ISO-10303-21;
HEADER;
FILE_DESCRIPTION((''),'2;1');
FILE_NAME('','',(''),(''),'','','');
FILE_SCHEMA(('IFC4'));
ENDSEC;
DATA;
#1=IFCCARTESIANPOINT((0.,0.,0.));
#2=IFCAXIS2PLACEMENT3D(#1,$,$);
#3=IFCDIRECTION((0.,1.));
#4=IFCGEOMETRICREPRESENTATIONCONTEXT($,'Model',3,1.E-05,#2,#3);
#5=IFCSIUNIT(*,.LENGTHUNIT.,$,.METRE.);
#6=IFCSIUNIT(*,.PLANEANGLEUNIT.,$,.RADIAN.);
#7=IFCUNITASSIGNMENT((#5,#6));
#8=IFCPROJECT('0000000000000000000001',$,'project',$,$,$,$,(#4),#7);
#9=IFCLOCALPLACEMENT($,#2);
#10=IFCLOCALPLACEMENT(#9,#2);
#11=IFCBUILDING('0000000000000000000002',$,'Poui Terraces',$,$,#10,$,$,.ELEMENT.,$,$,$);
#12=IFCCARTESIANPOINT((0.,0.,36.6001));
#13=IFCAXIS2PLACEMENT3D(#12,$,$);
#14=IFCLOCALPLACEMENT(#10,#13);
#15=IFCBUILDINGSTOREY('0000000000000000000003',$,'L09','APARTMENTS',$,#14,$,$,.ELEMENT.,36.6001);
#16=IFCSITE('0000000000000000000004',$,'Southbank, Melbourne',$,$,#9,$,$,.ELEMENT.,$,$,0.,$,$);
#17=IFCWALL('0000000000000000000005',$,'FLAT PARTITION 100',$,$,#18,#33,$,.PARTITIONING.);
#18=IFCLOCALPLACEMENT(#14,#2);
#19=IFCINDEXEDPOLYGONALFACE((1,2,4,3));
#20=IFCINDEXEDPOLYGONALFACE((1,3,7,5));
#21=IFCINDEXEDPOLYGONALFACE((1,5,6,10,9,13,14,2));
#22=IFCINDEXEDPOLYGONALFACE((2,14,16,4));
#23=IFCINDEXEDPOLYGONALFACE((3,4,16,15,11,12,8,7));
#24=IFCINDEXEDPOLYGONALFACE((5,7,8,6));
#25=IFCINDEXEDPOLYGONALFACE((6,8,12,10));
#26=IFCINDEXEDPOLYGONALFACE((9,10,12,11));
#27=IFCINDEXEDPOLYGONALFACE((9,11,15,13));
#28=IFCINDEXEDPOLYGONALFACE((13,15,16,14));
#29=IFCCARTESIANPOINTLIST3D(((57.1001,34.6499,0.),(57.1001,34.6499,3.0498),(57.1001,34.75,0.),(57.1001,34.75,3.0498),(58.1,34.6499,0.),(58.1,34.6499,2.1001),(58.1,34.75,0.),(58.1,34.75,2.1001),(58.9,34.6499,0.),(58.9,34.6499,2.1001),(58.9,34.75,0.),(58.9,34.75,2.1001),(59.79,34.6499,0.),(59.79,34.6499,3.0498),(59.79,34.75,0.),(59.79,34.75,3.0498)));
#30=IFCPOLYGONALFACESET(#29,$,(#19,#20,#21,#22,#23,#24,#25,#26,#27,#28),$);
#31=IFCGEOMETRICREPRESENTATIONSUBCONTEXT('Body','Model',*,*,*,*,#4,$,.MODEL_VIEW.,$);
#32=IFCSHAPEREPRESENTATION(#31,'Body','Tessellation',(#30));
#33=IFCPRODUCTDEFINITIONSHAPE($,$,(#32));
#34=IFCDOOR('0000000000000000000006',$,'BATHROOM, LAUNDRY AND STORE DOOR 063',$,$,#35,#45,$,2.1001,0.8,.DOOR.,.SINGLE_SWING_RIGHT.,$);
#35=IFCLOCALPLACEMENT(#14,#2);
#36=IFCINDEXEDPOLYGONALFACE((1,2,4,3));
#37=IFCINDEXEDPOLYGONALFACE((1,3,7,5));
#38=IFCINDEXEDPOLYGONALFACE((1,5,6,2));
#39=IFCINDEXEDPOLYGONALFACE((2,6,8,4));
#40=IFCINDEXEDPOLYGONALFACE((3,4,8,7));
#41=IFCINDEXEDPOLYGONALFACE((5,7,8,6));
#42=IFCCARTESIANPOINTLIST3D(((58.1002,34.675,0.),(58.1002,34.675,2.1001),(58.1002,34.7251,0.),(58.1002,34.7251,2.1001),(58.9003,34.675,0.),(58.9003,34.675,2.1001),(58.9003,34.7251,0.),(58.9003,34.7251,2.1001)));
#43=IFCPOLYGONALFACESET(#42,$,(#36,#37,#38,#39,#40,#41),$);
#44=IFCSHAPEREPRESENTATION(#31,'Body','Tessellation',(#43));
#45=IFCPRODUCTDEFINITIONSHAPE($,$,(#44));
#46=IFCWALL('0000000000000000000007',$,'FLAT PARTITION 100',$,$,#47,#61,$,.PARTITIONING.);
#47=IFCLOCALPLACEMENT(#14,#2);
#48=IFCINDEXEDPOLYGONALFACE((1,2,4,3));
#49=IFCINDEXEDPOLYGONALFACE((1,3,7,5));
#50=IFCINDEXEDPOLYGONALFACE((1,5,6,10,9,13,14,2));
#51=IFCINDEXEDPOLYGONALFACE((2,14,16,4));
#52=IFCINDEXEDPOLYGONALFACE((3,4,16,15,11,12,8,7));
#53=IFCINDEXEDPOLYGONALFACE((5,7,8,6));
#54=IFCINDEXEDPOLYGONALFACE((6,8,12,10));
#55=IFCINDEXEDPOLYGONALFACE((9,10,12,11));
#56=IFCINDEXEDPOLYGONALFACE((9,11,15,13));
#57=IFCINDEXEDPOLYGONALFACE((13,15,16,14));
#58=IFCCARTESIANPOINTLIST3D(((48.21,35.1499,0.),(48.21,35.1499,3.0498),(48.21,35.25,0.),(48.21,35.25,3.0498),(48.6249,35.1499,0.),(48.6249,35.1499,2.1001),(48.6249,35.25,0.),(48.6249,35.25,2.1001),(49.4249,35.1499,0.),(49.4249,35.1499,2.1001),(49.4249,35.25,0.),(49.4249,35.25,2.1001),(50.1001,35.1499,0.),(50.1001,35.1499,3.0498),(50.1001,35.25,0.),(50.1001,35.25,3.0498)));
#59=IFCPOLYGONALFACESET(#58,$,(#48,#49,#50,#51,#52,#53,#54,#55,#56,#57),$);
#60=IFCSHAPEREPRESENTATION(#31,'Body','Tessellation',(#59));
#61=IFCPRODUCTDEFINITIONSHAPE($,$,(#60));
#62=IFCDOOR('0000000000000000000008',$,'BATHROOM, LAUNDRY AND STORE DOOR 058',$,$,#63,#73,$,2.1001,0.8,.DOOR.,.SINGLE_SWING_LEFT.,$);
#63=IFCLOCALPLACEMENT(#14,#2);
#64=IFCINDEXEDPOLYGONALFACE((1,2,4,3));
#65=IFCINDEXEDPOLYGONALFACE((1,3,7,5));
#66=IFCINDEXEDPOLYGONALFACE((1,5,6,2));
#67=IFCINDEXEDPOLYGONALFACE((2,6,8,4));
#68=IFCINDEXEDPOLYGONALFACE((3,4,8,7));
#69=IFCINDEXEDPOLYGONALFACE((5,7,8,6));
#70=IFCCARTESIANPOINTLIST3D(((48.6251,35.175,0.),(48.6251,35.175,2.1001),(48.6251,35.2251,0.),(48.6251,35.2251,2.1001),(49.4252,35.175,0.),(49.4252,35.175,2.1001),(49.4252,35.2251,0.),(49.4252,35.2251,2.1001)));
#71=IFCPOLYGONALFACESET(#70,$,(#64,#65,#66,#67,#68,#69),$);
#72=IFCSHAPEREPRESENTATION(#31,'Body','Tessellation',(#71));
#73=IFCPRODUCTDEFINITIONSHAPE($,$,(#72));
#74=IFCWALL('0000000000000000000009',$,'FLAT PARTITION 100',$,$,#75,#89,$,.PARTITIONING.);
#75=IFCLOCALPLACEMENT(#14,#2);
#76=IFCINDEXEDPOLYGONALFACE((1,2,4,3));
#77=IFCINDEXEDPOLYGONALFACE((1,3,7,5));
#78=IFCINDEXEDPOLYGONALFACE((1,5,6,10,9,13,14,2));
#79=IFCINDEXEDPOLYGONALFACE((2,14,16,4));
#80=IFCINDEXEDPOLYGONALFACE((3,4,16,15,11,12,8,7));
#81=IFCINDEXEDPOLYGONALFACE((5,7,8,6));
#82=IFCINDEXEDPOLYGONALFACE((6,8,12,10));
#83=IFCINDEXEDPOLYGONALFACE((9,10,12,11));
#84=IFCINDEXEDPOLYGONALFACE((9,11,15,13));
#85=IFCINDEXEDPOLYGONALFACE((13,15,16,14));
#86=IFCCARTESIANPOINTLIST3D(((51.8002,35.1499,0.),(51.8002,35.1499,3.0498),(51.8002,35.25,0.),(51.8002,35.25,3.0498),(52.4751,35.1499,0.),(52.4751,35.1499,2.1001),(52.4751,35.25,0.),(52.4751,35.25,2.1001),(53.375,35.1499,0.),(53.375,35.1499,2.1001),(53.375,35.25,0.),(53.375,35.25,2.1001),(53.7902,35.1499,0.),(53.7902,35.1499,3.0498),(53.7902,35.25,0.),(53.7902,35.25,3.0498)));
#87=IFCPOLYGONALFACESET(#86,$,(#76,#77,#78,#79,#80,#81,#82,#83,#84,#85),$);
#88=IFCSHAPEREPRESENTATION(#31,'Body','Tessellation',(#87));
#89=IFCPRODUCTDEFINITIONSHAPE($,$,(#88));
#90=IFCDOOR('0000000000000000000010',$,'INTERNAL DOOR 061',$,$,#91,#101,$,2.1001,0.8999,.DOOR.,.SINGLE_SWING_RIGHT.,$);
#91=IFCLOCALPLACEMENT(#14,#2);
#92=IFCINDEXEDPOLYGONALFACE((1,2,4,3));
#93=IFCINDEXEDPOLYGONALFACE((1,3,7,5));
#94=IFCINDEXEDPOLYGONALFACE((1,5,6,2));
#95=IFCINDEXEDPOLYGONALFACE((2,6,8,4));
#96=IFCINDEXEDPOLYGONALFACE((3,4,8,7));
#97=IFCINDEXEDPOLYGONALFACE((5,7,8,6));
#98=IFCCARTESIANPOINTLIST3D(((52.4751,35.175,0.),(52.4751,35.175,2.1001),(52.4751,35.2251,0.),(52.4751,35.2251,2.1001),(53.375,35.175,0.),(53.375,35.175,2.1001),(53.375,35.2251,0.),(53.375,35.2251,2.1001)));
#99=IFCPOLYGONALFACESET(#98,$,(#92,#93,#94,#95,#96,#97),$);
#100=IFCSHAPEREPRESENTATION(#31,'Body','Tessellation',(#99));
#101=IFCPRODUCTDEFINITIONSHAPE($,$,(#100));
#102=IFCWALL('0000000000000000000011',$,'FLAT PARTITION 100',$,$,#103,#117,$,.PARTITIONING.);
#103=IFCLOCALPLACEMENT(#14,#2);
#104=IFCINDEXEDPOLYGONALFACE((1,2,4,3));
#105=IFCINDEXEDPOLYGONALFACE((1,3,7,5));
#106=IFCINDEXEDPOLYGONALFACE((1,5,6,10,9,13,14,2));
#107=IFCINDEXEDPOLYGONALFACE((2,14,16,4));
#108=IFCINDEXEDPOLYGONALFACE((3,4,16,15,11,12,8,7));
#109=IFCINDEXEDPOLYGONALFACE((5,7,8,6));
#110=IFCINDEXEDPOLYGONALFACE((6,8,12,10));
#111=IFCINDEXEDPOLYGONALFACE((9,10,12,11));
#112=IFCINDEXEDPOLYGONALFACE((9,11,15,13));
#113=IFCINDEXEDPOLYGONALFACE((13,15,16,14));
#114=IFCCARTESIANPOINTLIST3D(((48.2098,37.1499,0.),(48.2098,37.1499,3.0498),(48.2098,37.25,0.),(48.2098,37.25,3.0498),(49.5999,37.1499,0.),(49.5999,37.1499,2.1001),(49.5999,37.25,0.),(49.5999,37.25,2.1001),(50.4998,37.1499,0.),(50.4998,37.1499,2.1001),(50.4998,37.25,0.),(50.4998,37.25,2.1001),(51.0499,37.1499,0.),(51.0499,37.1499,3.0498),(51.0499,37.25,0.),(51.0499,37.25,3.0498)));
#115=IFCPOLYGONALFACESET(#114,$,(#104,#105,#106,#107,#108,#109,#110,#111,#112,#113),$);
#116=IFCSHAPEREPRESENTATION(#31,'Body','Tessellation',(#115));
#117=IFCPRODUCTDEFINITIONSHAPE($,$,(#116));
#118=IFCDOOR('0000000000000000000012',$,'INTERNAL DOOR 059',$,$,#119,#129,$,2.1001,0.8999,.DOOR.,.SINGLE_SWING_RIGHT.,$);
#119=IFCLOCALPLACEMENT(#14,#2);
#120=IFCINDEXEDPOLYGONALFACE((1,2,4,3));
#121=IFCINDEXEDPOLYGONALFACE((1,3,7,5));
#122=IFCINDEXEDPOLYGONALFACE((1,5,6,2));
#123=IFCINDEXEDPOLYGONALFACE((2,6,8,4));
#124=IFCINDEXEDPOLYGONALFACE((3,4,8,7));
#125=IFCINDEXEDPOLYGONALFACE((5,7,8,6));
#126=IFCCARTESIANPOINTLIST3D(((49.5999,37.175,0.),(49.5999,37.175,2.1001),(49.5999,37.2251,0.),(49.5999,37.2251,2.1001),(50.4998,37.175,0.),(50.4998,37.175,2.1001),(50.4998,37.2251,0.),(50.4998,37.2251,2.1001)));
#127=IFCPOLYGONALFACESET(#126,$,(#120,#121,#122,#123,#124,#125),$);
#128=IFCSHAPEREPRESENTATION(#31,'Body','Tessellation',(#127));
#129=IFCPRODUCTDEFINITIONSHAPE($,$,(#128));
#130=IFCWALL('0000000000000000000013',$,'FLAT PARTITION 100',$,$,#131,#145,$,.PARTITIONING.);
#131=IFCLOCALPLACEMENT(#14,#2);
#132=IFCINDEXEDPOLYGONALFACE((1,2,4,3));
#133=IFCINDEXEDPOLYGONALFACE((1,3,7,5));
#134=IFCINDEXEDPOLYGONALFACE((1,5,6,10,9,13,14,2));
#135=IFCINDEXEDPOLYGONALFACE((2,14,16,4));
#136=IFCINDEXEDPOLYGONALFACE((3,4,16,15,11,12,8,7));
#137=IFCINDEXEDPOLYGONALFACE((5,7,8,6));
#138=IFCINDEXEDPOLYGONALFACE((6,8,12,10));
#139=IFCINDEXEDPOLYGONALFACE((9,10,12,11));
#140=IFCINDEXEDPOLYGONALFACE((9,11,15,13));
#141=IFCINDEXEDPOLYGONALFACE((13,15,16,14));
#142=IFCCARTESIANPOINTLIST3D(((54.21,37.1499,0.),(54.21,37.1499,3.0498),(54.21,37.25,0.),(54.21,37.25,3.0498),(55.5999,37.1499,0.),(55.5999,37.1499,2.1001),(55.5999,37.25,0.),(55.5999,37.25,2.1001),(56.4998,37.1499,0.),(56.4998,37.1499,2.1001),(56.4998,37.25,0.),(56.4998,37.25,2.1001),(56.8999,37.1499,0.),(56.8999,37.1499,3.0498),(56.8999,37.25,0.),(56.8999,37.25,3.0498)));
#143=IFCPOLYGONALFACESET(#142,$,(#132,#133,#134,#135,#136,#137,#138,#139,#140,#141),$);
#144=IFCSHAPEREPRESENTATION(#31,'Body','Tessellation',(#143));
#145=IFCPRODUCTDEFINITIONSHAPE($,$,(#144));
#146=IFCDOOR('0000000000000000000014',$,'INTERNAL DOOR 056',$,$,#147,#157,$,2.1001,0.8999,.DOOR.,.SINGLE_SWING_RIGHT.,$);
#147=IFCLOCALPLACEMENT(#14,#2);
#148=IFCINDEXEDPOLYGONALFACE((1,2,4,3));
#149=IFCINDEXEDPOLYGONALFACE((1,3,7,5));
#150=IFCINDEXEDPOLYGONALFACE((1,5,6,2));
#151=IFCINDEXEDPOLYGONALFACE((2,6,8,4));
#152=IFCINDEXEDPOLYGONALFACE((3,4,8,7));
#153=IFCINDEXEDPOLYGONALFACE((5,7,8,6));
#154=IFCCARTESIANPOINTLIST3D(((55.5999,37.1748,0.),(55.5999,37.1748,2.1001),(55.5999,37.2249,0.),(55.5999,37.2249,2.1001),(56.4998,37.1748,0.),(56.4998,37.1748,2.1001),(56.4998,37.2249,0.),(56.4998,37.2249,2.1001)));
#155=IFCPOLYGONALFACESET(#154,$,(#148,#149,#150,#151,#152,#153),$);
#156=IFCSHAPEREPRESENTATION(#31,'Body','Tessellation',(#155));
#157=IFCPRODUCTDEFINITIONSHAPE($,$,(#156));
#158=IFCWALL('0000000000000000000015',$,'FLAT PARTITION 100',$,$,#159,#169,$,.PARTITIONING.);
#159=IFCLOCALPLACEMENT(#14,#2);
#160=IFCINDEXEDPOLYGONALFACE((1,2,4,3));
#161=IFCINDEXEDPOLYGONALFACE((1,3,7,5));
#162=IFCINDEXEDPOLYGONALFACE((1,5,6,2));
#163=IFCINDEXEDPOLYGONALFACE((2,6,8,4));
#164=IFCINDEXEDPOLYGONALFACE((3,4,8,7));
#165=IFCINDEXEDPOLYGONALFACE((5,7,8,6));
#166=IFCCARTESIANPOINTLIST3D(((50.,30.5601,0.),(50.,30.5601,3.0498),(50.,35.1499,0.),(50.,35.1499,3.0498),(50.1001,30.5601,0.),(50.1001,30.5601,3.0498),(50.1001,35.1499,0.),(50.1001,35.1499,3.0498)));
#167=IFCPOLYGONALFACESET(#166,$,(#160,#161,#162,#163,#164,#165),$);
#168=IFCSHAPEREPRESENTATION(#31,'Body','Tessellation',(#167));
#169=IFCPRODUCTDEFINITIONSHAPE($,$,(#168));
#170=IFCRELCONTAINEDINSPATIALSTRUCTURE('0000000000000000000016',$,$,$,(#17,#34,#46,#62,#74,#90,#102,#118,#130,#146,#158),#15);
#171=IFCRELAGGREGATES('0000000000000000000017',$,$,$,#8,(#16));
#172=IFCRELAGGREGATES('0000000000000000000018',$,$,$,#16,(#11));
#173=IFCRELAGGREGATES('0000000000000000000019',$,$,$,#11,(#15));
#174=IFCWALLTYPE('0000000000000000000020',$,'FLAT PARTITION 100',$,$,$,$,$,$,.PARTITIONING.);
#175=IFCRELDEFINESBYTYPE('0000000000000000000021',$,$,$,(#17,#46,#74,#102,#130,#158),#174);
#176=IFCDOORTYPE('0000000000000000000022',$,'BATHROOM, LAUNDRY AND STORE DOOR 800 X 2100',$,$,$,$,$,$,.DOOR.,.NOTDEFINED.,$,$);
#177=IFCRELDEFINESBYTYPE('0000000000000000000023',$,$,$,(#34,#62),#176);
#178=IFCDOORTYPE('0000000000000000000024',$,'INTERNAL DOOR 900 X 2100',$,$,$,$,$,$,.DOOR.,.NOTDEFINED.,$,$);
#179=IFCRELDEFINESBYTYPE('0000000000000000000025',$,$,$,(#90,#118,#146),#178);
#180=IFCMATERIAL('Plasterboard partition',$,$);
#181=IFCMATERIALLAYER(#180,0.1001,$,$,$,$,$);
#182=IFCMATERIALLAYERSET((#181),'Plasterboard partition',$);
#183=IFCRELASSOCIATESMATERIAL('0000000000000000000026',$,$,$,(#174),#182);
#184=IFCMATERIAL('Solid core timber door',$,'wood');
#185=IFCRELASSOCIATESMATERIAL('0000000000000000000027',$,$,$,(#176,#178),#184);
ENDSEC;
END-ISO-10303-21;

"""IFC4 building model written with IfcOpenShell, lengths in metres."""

from ifc_helpers import new_model, si_unit, direction, frame, frame_2d, origin, place, context, subcontext, project, spatial, rectangle, extrude, material, layer, layer_set, type_object, element, fill, save


model = new_model("IFC4")

# Units and contexts
model_context = context("Model", 3, precision=1e-05, world=origin(), true_north=direction((0.0, 1.0)))
body_context = subcontext(model_context, "Body", "Model", "MODEL_VIEW")
ifc_project = project(units=[si_unit("LENGTHUNIT", "METRE"), si_unit("PLANEANGLEUNIT", "RADIAN")], contexts=[model_context])

# Site, building, storey
site_placement = place(None, origin())
site = spatial("IfcSite", under=ifc_project, at=site_placement, Name="Southbank, Melbourne", CompositionType="ELEMENT", RefElevation=0.0)
building_placement = place(site_placement, origin())
building = spatial("IfcBuilding", under=site, at=building_placement, Name="Poui Terraces", CompositionType="ELEMENT")
storey_placement = place(building_placement, frame((0.0, 0.0, 36.6001)))
storey = spatial("IfcBuildingStorey", under=building, at=storey_placement, Name="L09", Description="APARTMENTS", CompositionType="ELEMENT", Elevation=36.6001)

# Walls, openings, doors
ifc_material_1 = material(Name="Plasterboard partition")
ifc_layer_1 = layer(ifc_material_1, 0.1001)
ifc_layer_set_1 = layer_set([ifc_layer_1], Name="Plasterboard partition")
wall_type_1 = type_object("IfcWallType", Name="FLAT PARTITION 100", PredefinedType="PARTITIONING", material=ifc_layer_set_1)
wall_1_placement = place(storey_placement, frame((57.1001, 34.7, 0.0), z_axis=(0.0, 0.0, 1.0), x_axis=(1.0, 0.0, 0.0)))
wall_1 = element("IfcWall", 1, at=wall_1_placement, inside=storey, type_object=wall_type_1, Name="FLAT PARTITION 100", PredefinedType="PARTITIONING", context=body_context, shape_type="SweptSolid", body=[
    extrude(rectangle(XDim=2.6899, YDim=0.1001, at=frame_2d((1.345, 0.0))), origin(), (0.0, 0.0, 1.0), 3.0498),
])
opening_1_placement = place(wall_1_placement, frame((1.0, 0.0, 0.0)))
opening_1 = element("IfcOpeningElement", 2, at=opening_1_placement, cuts=wall_1, PredefinedType="OPENING", context=body_context, shape_type="SweptSolid", body=[
    extrude(rectangle(XDim=0.8, YDim=2.1001, at=frame_2d((0.3999, 1.05))), frame((0.0, 0.0601, 0.0), z_axis=(0.0, -1.0, 0.0), x_axis=(1.0, 0.0, 0.0)), (0.0, 0.0, 1.0), 0.1201),
])
ifc_material_2 = material(Name="Solid core timber door", Category="wood")
door_type_1 = type_object("IfcDoorType", Name="BATHROOM, LAUNDRY AND STORE DOOR 800 X 2100", OperationType="NOTDEFINED", PredefinedType="DOOR", material=ifc_material_2)
door_1_placement = place(opening_1_placement, frame((0.8, 0.0, 0.0), z_axis=(0.0, 0.0, 1.0), x_axis=(-1.0, 0.0, 0.0)))
door_1 = element("IfcDoor", 3, at=door_1_placement, inside=storey, type_object=door_type_1, Name="BATHROOM, LAUNDRY AND STORE DOOR 063", OperationType="SINGLE_SWING_RIGHT", OverallHeight=2.1001, OverallWidth=0.8, PredefinedType="DOOR", context=body_context, shape_type="SweptSolid", body=[
    extrude(rectangle(XDim=0.8, YDim=2.1001, at=frame_2d((0.3999, 1.05))), frame((0.0, 0.0249, 0.0), z_axis=(0.0, -1.0, 0.0), x_axis=(1.0, 0.0, 0.0)), (0.0, 0.0, 1.0), 0.05),
])
fill(opening_1, door_1)
wall_2_placement = place(storey_placement, frame((48.21, 35.2, 0.0), z_axis=(0.0, 0.0, 1.0), x_axis=(1.0, 0.0, 0.0)))
wall_2 = element("IfcWall", 4, at=wall_2_placement, inside=storey, type_object=wall_type_1, Name="FLAT PARTITION 100", PredefinedType="PARTITIONING", context=body_context, shape_type="SweptSolid", body=[
    extrude(rectangle(XDim=1.8901, YDim=0.1001, at=frame_2d((0.9451, 0.0))), origin(), (0.0, 0.0, 1.0), 3.0498),
])
opening_2_placement = place(wall_2_placement, frame((0.415, 0.0, 0.0)))
opening_2 = element("IfcOpeningElement", 5, at=opening_2_placement, cuts=wall_2, PredefinedType="OPENING", context=body_context, shape_type="SweptSolid", body=[
    extrude(rectangle(XDim=0.8, YDim=2.1001, at=frame_2d((0.3999, 1.05))), frame((0.0, 0.0601, 0.0), z_axis=(0.0, -1.0, 0.0), x_axis=(1.0, 0.0, 0.0)), (0.0, 0.0, 1.0), 0.1201),
])
door_2_placement = place(opening_2_placement, frame((0.8, 0.0, 0.0), z_axis=(0.0, 0.0, 1.0), x_axis=(-1.0, 0.0, 0.0)))
door_2 = element("IfcDoor", 6, at=door_2_placement, inside=storey, type_object=door_type_1, Name="BATHROOM, LAUNDRY AND STORE DOOR 058", OperationType="SINGLE_SWING_LEFT", OverallHeight=2.1001, OverallWidth=0.8, PredefinedType="DOOR", context=body_context, shape_type="SweptSolid", body=[
    extrude(rectangle(XDim=0.8, YDim=2.1001, at=frame_2d((0.3999, 1.05))), frame((0.0, 0.0249, 0.0), z_axis=(0.0, -1.0, 0.0), x_axis=(1.0, 0.0, 0.0)), (0.0, 0.0, 1.0), 0.05),
])
fill(opening_2, door_2)
wall_3_placement = place(storey_placement, frame((51.8, 35.2, 0.0), z_axis=(0.0, 0.0, 1.0), x_axis=(1.0, 0.0, 0.0)))
wall_3 = element("IfcWall", 7, at=wall_3_placement, inside=storey, type_object=wall_type_1, Name="FLAT PARTITION 100", PredefinedType="PARTITIONING", context=body_context, shape_type="SweptSolid", body=[
    extrude(rectangle(XDim=1.99, YDim=0.1001, at=frame_2d((0.9951, 0.0))), origin(), (0.0, 0.0, 1.0), 3.0498),
])
opening_3_placement = place(wall_3_placement, frame((0.675, 0.0, 0.0)))
opening_3 = element("IfcOpeningElement", 8, at=opening_3_placement, cuts=wall_3, PredefinedType="OPENING", context=body_context, shape_type="SweptSolid", body=[
    extrude(rectangle(XDim=0.8999, YDim=2.1001, at=frame_2d((0.45, 1.05))), frame((0.0, 0.0601, 0.0), z_axis=(0.0, -1.0, 0.0), x_axis=(1.0, 0.0, 0.0)), (0.0, 0.0, 1.0), 0.1201),
])
door_type_2 = type_object("IfcDoorType", Name="INTERNAL DOOR 900 X 2100", OperationType="NOTDEFINED", PredefinedType="DOOR", material=ifc_material_2)
door_3_placement = place(opening_3_placement, frame((0.8999, 0.0, 0.0), z_axis=(0.0, 0.0, 1.0), x_axis=(-1.0, 0.0, 0.0)))
door_3 = element("IfcDoor", 9, at=door_3_placement, inside=storey, type_object=door_type_2, Name="INTERNAL DOOR 061", OperationType="SINGLE_SWING_RIGHT", OverallHeight=2.1001, OverallWidth=0.8999, PredefinedType="DOOR", context=body_context, shape_type="SweptSolid", body=[
    extrude(rectangle(XDim=0.8999, YDim=2.1001, at=frame_2d((0.45, 1.05))), frame((0.0, 0.0249, 0.0), z_axis=(0.0, -1.0, 0.0), x_axis=(1.0, 0.0, 0.0)), (0.0, 0.0, 1.0), 0.05),
])
fill(opening_3, door_3)
wall_4_placement = place(storey_placement, frame((48.21, 37.2, 0.0), z_axis=(0.0, 0.0, 1.0), x_axis=(1.0, 0.0, 0.0)))
wall_4 = element("IfcWall", 10, at=wall_4_placement, inside=storey, type_object=wall_type_1, Name="FLAT PARTITION 100", PredefinedType="PARTITIONING", context=body_context, shape_type="SweptSolid", body=[
    extrude(rectangle(XDim=2.8401, YDim=0.1001, at=frame_2d((1.4199, 0.0))), origin(), (0.0, 0.0, 1.0), 3.0498),
])
opening_4_placement = place(wall_4_placement, frame((1.3899, 0.0, 0.0)))
opening_4 = element("IfcOpeningElement", 11, at=opening_4_placement, cuts=wall_4, PredefinedType="OPENING", context=body_context, shape_type="SweptSolid", body=[
    extrude(rectangle(XDim=0.8999, YDim=2.1001, at=frame_2d((0.45, 1.05))), frame((0.0, 0.0601, 0.0), z_axis=(0.0, -1.0, 0.0), x_axis=(1.0, 0.0, 0.0)), (0.0, 0.0, 1.0), 0.1201),
])
door_4_placement = place(opening_4_placement, frame((0.8999, 0.0, 0.0), z_axis=(0.0, 0.0, 1.0), x_axis=(-1.0, 0.0, 0.0)))
door_4 = element("IfcDoor", 12, at=door_4_placement, inside=storey, type_object=door_type_2, Name="INTERNAL DOOR 059", OperationType="SINGLE_SWING_RIGHT", OverallHeight=2.1001, OverallWidth=0.8999, PredefinedType="DOOR", context=body_context, shape_type="SweptSolid", body=[
    extrude(rectangle(XDim=0.8999, YDim=2.1001, at=frame_2d((0.45, 1.05))), frame((0.0, 0.0249, 0.0), z_axis=(0.0, -1.0, 0.0), x_axis=(1.0, 0.0, 0.0)), (0.0, 0.0, 1.0), 0.05),
])
fill(opening_4, door_4)
wall_5_placement = place(storey_placement, frame((54.21, 37.2, 0.0), z_axis=(0.0, 0.0, 1.0), x_axis=(1.0, 0.0, 0.0)))
wall_5 = element("IfcWall", 13, at=wall_5_placement, inside=storey, type_object=wall_type_1, Name="FLAT PARTITION 100", PredefinedType="PARTITIONING", context=body_context, shape_type="SweptSolid", body=[
    extrude(rectangle(XDim=2.6899, YDim=0.1001, at=frame_2d((1.345, 0.0))), origin(), (0.0, 0.0, 1.0), 3.0498),
])
opening_5_placement = place(wall_5_placement, frame((1.3899, 0.0, 0.0)))
opening_5 = element("IfcOpeningElement", 14, at=opening_5_placement, cuts=wall_5, PredefinedType="OPENING", context=body_context, shape_type="SweptSolid", body=[
    extrude(rectangle(XDim=0.8999, YDim=2.1001, at=frame_2d((0.45, 1.05))), frame((0.0, 0.0601, 0.0), z_axis=(0.0, -1.0, 0.0), x_axis=(1.0, 0.0, 0.0)), (0.0, 0.0, 1.0), 0.1201),
])
door_5_placement = place(opening_5_placement, origin())
door_5 = element("IfcDoor", 15, at=door_5_placement, inside=storey, type_object=door_type_2, Name="INTERNAL DOOR 056", OperationType="SINGLE_SWING_RIGHT", OverallHeight=2.1001, OverallWidth=0.8999, PredefinedType="DOOR", context=body_context, shape_type="SweptSolid", body=[
    extrude(rectangle(XDim=0.8999, YDim=2.1001, at=frame_2d((0.45, 1.05))), frame((0.0, 0.0249, 0.0), z_axis=(0.0, -1.0, 0.0), x_axis=(1.0, 0.0, 0.0)), (0.0, 0.0, 1.0), 0.05),
])
fill(opening_5, door_5)

# Wall
wall_6_placement = place(storey_placement, frame((50.05, 30.5601, 0.0), z_axis=(0.0, 0.0, 1.0), x_axis=(0.0, 1.0, 0.0)))
element("IfcWall", 16, at=wall_6_placement, inside=storey, type_object=wall_type_1, Name="FLAT PARTITION 100", PredefinedType="PARTITIONING", context=body_context, shape_type="SweptSolid", body=[
    extrude(rectangle(XDim=4.5898, YDim=0.1001, at=frame_2d((2.2949, 0.0))), origin(), (0.0, 0.0, 1.0), 3.0498),
])

save(model, "model.ifc")
